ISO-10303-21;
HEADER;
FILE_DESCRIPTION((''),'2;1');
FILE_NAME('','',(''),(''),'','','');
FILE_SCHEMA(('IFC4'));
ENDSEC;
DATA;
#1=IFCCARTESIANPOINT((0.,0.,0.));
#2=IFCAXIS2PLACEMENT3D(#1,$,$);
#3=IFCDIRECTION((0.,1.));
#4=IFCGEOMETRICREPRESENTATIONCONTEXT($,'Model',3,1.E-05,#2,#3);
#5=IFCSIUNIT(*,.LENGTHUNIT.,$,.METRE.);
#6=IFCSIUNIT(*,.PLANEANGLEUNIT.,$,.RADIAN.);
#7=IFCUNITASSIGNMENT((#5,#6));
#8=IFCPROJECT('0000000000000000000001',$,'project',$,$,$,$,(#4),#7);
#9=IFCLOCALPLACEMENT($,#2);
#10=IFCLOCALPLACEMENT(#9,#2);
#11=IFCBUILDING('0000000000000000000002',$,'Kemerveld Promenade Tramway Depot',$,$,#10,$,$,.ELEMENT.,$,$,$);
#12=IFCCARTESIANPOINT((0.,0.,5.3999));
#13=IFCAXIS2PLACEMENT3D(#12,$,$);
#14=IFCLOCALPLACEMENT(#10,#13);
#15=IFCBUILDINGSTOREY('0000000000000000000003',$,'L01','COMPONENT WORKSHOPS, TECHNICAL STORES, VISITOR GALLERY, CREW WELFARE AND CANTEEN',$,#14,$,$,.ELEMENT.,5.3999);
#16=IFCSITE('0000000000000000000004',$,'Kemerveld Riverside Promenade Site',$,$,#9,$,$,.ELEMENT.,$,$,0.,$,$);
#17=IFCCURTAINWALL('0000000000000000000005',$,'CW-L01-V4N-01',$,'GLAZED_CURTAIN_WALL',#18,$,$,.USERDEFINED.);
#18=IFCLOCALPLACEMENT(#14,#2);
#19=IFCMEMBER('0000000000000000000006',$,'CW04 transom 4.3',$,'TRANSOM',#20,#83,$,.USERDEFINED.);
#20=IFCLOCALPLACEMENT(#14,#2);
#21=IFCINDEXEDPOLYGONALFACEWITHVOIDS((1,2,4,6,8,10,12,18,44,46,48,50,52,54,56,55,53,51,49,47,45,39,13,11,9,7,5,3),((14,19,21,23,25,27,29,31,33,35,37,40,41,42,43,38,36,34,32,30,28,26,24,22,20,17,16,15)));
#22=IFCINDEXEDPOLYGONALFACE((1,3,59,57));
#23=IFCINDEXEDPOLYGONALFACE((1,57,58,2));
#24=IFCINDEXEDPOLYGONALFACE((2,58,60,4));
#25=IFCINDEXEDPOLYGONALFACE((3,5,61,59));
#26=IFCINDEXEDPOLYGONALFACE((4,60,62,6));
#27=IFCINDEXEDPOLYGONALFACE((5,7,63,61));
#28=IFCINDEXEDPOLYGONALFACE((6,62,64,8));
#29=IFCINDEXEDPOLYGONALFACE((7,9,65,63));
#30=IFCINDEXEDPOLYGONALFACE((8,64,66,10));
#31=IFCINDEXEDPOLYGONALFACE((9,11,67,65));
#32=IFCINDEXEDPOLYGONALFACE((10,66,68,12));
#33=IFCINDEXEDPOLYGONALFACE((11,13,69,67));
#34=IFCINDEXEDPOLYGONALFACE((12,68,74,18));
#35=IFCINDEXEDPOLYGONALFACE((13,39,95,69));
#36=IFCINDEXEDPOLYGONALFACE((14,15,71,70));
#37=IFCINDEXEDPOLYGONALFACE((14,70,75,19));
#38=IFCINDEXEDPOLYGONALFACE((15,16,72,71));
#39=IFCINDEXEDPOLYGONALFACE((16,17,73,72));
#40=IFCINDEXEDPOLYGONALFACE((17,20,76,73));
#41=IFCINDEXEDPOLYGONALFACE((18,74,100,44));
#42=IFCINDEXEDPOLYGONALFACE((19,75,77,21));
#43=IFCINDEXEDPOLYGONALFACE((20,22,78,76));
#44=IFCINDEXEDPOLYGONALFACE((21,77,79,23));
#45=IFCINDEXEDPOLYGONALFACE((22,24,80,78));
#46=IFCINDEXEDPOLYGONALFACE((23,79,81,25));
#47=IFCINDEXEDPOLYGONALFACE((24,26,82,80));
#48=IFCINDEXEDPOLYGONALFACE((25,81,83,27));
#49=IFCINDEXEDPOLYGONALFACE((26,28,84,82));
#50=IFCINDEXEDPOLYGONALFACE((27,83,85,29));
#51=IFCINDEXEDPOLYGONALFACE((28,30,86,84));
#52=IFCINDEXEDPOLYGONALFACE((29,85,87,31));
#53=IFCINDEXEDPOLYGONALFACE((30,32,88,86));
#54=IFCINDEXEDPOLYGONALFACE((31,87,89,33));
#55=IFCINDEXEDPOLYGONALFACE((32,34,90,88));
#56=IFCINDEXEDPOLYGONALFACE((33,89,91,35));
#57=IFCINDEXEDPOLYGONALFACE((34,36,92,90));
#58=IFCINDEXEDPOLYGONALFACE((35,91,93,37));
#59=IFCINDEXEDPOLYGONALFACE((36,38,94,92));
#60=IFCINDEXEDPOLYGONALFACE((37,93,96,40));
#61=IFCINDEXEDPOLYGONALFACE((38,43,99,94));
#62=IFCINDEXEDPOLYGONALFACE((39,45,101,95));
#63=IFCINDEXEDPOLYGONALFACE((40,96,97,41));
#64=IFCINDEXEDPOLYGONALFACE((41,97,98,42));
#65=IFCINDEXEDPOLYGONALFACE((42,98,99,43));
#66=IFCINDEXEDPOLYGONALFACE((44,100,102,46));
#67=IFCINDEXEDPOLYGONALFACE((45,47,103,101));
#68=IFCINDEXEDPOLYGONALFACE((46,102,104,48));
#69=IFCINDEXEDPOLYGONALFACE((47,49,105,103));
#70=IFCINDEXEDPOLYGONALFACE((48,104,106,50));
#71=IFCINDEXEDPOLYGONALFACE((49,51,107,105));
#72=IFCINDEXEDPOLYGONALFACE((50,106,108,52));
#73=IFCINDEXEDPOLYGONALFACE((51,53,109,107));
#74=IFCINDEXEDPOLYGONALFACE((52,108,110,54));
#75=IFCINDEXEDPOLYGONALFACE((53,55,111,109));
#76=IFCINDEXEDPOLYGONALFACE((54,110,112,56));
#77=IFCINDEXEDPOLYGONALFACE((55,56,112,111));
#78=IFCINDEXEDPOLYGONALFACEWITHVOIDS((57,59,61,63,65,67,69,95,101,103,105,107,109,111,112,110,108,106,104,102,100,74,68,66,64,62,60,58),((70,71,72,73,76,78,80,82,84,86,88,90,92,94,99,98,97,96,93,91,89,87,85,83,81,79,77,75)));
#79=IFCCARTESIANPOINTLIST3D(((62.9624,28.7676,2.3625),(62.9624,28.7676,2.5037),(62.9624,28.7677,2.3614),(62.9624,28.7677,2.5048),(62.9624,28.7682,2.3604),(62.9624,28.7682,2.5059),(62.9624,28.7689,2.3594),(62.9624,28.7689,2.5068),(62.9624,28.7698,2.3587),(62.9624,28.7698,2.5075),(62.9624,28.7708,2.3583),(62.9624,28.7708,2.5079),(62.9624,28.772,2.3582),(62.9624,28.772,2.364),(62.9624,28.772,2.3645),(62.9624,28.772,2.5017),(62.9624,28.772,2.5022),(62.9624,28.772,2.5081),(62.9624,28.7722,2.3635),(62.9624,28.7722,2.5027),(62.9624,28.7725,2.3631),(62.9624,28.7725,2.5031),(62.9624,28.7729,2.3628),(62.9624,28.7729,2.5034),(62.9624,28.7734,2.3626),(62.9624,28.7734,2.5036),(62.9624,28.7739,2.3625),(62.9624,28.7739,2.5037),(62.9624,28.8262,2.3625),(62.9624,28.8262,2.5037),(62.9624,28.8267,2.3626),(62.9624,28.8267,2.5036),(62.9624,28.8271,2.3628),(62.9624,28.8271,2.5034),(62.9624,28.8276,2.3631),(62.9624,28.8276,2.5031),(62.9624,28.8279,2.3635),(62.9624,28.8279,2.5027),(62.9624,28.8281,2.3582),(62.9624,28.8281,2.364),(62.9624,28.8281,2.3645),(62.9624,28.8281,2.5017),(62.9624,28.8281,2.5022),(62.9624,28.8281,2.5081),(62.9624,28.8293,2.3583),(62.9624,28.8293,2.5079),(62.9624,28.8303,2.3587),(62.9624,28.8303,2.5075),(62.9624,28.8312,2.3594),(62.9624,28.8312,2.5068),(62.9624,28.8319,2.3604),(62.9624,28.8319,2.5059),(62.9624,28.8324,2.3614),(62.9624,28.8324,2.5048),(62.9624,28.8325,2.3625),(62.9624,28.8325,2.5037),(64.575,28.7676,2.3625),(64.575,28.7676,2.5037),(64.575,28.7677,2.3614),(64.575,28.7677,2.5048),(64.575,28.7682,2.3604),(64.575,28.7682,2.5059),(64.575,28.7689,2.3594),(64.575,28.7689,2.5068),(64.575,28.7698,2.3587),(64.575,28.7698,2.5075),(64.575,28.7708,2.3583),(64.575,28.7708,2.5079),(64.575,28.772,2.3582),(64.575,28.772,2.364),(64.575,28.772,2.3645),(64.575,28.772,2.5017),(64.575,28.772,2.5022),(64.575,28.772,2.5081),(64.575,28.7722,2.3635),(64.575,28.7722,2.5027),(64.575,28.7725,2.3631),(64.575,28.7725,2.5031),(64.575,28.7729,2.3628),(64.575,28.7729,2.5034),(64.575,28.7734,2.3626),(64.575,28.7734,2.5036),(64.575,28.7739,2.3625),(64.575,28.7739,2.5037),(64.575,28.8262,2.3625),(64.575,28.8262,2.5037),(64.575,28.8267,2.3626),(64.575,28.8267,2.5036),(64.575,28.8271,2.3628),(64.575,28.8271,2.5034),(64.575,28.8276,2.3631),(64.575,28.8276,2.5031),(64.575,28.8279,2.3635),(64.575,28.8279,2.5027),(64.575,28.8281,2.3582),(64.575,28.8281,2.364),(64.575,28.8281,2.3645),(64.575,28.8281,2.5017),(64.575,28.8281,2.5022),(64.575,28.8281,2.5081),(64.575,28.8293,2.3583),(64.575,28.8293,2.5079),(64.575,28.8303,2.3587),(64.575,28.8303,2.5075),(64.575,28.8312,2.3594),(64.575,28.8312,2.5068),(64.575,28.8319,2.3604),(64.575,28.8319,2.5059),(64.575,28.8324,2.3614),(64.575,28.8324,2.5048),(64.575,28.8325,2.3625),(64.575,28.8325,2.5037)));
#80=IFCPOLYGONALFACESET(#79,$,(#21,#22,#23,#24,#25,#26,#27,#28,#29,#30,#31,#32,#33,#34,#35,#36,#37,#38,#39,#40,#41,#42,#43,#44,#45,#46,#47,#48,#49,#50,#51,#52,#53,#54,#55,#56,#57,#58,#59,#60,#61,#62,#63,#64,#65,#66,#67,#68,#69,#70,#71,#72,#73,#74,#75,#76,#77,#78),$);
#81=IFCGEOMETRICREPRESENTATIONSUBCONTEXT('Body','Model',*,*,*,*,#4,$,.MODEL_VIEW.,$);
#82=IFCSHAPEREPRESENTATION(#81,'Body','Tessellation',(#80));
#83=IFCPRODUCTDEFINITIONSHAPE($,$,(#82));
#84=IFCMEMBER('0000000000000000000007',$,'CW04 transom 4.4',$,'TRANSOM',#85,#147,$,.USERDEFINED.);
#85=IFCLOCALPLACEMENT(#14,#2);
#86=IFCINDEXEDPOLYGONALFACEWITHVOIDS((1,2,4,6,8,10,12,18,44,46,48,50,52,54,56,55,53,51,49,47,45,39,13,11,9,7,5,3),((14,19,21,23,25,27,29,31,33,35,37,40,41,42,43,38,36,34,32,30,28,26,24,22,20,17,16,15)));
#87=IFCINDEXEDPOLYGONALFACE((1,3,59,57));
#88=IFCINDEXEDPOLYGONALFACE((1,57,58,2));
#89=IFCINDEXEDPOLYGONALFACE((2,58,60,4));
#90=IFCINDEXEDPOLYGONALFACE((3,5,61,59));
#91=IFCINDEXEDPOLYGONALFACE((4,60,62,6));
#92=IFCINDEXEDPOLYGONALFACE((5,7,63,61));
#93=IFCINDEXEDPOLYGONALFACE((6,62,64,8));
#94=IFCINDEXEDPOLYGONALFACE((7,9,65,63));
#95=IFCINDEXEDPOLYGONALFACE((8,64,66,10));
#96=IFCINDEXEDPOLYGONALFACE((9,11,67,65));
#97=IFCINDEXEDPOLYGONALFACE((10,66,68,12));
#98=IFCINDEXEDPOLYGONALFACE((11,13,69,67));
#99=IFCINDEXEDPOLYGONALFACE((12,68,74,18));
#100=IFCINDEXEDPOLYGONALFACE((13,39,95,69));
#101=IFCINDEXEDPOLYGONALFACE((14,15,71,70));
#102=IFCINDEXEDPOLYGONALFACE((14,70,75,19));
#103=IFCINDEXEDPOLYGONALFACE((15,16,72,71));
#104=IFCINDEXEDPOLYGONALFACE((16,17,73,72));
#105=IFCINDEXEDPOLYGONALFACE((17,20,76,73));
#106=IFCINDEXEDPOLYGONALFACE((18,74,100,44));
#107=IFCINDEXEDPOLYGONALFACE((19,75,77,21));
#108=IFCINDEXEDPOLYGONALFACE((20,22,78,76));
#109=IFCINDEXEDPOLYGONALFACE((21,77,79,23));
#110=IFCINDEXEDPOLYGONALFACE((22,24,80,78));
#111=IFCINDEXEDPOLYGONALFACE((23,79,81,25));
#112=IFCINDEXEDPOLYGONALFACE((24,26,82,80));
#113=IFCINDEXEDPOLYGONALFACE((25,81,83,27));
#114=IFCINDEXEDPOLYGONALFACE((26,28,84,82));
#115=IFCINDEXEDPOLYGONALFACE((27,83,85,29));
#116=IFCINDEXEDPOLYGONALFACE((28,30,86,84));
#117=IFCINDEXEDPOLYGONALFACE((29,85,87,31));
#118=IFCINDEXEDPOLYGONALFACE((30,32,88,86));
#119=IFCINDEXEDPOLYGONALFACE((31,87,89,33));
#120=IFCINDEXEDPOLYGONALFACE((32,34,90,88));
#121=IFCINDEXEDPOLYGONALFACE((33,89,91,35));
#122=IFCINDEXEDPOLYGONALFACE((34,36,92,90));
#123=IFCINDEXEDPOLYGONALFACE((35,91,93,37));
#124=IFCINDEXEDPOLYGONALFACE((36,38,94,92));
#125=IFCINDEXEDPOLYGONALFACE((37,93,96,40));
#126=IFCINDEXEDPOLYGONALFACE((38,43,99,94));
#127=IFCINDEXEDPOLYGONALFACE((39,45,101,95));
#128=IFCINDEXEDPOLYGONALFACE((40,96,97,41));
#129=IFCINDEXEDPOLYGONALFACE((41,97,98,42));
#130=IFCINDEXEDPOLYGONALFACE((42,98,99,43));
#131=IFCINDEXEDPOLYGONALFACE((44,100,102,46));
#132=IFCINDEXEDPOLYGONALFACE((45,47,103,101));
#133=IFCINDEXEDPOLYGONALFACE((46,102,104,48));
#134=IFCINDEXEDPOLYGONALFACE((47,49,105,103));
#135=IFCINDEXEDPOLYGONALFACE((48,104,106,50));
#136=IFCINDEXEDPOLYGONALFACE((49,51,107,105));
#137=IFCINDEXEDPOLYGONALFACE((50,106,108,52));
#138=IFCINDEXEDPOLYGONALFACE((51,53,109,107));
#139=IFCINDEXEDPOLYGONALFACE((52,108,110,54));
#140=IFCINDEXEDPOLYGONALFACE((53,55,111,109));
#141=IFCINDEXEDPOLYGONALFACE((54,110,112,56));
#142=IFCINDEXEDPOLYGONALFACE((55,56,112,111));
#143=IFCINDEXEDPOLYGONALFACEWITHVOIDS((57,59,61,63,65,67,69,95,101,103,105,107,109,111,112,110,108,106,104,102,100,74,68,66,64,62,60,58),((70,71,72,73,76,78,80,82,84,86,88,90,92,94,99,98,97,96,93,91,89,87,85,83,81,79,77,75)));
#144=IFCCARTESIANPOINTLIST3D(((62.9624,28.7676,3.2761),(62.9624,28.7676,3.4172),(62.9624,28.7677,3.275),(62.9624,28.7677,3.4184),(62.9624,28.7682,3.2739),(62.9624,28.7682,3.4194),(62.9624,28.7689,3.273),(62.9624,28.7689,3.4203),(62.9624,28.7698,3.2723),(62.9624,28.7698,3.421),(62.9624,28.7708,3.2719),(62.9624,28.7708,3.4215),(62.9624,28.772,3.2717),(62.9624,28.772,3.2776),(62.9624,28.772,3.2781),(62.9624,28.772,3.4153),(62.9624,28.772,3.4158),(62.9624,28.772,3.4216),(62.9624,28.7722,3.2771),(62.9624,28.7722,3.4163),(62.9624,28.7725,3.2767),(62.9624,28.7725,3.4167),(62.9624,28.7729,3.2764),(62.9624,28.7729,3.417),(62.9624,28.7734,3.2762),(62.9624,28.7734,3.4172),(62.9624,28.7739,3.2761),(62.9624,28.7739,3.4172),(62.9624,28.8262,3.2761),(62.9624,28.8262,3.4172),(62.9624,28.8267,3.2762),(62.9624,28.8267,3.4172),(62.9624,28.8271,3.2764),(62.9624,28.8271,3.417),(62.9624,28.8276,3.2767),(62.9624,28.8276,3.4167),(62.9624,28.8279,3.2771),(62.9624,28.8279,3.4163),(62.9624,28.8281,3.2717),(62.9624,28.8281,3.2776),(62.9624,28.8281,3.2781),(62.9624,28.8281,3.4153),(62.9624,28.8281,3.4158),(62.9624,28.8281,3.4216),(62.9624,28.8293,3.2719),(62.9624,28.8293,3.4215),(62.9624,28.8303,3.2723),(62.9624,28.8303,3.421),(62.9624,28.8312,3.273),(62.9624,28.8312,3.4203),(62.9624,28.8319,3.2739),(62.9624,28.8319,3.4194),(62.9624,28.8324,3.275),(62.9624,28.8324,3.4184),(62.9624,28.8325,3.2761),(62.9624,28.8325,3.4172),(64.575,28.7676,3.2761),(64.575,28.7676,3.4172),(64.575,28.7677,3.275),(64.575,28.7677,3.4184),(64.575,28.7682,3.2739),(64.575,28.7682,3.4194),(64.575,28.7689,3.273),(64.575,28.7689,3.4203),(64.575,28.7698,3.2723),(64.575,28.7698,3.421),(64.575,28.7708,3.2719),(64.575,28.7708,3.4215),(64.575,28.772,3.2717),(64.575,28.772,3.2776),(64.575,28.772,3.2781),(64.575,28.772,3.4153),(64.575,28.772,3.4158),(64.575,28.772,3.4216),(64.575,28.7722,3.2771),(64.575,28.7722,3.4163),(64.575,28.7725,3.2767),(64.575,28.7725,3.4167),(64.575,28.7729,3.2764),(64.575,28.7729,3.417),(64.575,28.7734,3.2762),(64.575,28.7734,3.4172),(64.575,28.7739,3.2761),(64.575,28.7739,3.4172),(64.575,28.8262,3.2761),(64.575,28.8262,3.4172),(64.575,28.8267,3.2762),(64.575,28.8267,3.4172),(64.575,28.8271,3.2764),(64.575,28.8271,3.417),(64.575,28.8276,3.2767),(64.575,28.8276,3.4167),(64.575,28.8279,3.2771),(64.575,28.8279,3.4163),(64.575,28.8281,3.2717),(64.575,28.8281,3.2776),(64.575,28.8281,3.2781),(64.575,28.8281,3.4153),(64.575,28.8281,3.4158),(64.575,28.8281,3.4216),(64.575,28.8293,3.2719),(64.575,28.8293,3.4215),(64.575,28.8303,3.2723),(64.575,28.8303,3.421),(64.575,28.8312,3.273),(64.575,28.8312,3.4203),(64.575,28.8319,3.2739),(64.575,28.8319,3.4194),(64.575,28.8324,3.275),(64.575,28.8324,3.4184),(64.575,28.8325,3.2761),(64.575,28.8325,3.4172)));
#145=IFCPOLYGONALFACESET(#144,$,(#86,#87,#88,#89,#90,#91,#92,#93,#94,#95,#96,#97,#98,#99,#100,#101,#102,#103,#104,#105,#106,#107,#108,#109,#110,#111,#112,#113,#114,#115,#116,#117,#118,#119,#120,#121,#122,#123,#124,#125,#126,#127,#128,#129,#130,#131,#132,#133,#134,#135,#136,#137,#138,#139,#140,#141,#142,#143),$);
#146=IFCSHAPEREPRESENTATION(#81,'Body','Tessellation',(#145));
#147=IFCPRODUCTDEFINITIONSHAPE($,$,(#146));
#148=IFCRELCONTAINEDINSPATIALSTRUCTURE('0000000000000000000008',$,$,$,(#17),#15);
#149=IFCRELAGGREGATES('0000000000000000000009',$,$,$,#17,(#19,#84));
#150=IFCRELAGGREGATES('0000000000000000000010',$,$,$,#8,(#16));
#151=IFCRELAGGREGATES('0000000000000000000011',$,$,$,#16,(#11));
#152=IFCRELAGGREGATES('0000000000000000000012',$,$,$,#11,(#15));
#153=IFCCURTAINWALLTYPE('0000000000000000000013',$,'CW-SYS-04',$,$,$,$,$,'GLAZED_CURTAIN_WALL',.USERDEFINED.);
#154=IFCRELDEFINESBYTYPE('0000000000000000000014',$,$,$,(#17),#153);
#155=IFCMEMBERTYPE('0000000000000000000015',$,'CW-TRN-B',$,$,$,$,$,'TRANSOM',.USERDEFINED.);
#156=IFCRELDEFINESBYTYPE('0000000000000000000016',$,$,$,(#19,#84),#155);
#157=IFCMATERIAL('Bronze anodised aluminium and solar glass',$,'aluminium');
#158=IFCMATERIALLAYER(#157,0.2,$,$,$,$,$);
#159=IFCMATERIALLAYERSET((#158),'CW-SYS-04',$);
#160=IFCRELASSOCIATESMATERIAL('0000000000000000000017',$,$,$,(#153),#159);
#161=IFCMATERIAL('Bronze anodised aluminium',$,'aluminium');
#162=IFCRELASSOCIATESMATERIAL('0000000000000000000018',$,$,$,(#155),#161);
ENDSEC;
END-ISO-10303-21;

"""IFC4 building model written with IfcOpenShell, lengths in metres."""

from ifc_helpers import new_model, si_unit, direction, frame, origin, origin_2d, place, context, subcontext, project, spatial, hollow_rectangle, extrude, material, layer, layer_set, material_profile, profile_set, type_object, element, aggregate, save


model = new_model("IFC4")

# Units and contexts
model_context = context("Model", 3, precision=1e-05, world=origin(), true_north=direction((0.0, 1.0)))
body_context = subcontext(model_context, "Body", "Model", "MODEL_VIEW")
ifc_project = project(units=[si_unit("LENGTHUNIT", "METRE"), si_unit("PLANEANGLEUNIT", "RADIAN")], contexts=[model_context])

# Site, building, storey
site_placement = place(None, origin())
site = spatial("IfcSite", under=ifc_project, at=site_placement, Name="Kemerveld Riverside Promenade Site", CompositionType="ELEMENT", RefElevation=0.0)
building_placement = place(site_placement, origin())
building = spatial("IfcBuilding", under=site, at=building_placement, Name="Kemerveld Promenade Tramway Depot", CompositionType="ELEMENT")
storey_placement = place(building_placement, frame((0.0, 0.0, 5.3999)))
storey = spatial("IfcBuildingStorey", under=building, at=storey_placement, Name="L01", Description="COMPONENT WORKSHOPS, TECHNICAL STORES, VISITOR GALLERY, CREW WELFARE AND CANTEEN", CompositionType="ELEMENT", Elevation=5.3999)

# Curtain wall
ifc_material_1 = material(Name="Bronze anodised aluminium and solar glass", Category="aluminium")
ifc_layer_1 = layer(ifc_material_1, 0.2)
ifc_layer_set_1 = layer_set([ifc_layer_1], Name="CW-SYS-04")
curtain_wall_type_1 = type_object("IfcCurtainWallType", Name="CW-SYS-04", ElementType="GLAZED_CURTAIN_WALL", PredefinedType="USERDEFINED", material=ifc_layer_set_1)
curtain_wall_1_placement = place(storey_placement, origin())
curtain_wall_1 = element("IfcCurtainWall", 1, at=curtain_wall_1_placement, inside=storey, type_object=curtain_wall_type_1, Name="CW-L01-V4N-01", ObjectType="GLAZED_CURTAIN_WALL", PredefinedType="USERDEFINED")
ifc_material_2 = material(Name="Bronze anodised aluminium", Category="aluminium")

# Members
ifc_material_profile_1 = material_profile(ifc_material_2, hollow_rectangle(XDim=0.0649, YDim=0.1499, WallThickness=0.0044, InnerFilletRadius=0.002, OuterFilletRadius=0.0044, at=origin_2d()), Name="CW-TRN-150x65")
ifc_profile_set_1 = profile_set([ifc_material_profile_1], Name="Bronze anodised aluminium")
member_type_1 = type_object("IfcMemberType", Name="CW-TRN-B", ElementType="TRANSOM", PredefinedType="USERDEFINED", material=ifc_profile_set_1)
member_1_placement = place(storey_placement, frame((62.9624, 28.8, 2.4331), z_axis=(1.0, 0.0, 0.0), x_axis=(0.0, 1.0, 0.0)))
member_1 = element("IfcMember", 2, at=member_1_placement, type_object=member_type_1, Name="CW04 transom 4.3", ObjectType="TRANSOM", PredefinedType="USERDEFINED", context=body_context, shape_type="SweptSolid", body=[
    extrude(hollow_rectangle(XDim=0.0649, YDim=0.1499, WallThickness=0.0044, InnerFilletRadius=0.002, OuterFilletRadius=0.0044, at=origin_2d()), origin(), (0.0, 0.0, 1.0), 1.6125),
])
member_2_placement = place(storey_placement, frame((62.9624, 28.8, 3.3467), z_axis=(1.0, 0.0, 0.0), x_axis=(0.0, 1.0, 0.0)))
member_2 = element("IfcMember", 3, at=member_2_placement, type_object=member_type_1, Name="CW04 transom 4.4", ObjectType="TRANSOM", PredefinedType="USERDEFINED", context=body_context, shape_type="SweptSolid", body=[
    extrude(hollow_rectangle(XDim=0.0649, YDim=0.1499, WallThickness=0.0044, InnerFilletRadius=0.002, OuterFilletRadius=0.0044, at=origin_2d()), origin(), (0.0, 0.0, 1.0), 1.6125),
])

aggregate(curtain_wall_1, [member_1, member_2])

save(model, "model.ifc")
